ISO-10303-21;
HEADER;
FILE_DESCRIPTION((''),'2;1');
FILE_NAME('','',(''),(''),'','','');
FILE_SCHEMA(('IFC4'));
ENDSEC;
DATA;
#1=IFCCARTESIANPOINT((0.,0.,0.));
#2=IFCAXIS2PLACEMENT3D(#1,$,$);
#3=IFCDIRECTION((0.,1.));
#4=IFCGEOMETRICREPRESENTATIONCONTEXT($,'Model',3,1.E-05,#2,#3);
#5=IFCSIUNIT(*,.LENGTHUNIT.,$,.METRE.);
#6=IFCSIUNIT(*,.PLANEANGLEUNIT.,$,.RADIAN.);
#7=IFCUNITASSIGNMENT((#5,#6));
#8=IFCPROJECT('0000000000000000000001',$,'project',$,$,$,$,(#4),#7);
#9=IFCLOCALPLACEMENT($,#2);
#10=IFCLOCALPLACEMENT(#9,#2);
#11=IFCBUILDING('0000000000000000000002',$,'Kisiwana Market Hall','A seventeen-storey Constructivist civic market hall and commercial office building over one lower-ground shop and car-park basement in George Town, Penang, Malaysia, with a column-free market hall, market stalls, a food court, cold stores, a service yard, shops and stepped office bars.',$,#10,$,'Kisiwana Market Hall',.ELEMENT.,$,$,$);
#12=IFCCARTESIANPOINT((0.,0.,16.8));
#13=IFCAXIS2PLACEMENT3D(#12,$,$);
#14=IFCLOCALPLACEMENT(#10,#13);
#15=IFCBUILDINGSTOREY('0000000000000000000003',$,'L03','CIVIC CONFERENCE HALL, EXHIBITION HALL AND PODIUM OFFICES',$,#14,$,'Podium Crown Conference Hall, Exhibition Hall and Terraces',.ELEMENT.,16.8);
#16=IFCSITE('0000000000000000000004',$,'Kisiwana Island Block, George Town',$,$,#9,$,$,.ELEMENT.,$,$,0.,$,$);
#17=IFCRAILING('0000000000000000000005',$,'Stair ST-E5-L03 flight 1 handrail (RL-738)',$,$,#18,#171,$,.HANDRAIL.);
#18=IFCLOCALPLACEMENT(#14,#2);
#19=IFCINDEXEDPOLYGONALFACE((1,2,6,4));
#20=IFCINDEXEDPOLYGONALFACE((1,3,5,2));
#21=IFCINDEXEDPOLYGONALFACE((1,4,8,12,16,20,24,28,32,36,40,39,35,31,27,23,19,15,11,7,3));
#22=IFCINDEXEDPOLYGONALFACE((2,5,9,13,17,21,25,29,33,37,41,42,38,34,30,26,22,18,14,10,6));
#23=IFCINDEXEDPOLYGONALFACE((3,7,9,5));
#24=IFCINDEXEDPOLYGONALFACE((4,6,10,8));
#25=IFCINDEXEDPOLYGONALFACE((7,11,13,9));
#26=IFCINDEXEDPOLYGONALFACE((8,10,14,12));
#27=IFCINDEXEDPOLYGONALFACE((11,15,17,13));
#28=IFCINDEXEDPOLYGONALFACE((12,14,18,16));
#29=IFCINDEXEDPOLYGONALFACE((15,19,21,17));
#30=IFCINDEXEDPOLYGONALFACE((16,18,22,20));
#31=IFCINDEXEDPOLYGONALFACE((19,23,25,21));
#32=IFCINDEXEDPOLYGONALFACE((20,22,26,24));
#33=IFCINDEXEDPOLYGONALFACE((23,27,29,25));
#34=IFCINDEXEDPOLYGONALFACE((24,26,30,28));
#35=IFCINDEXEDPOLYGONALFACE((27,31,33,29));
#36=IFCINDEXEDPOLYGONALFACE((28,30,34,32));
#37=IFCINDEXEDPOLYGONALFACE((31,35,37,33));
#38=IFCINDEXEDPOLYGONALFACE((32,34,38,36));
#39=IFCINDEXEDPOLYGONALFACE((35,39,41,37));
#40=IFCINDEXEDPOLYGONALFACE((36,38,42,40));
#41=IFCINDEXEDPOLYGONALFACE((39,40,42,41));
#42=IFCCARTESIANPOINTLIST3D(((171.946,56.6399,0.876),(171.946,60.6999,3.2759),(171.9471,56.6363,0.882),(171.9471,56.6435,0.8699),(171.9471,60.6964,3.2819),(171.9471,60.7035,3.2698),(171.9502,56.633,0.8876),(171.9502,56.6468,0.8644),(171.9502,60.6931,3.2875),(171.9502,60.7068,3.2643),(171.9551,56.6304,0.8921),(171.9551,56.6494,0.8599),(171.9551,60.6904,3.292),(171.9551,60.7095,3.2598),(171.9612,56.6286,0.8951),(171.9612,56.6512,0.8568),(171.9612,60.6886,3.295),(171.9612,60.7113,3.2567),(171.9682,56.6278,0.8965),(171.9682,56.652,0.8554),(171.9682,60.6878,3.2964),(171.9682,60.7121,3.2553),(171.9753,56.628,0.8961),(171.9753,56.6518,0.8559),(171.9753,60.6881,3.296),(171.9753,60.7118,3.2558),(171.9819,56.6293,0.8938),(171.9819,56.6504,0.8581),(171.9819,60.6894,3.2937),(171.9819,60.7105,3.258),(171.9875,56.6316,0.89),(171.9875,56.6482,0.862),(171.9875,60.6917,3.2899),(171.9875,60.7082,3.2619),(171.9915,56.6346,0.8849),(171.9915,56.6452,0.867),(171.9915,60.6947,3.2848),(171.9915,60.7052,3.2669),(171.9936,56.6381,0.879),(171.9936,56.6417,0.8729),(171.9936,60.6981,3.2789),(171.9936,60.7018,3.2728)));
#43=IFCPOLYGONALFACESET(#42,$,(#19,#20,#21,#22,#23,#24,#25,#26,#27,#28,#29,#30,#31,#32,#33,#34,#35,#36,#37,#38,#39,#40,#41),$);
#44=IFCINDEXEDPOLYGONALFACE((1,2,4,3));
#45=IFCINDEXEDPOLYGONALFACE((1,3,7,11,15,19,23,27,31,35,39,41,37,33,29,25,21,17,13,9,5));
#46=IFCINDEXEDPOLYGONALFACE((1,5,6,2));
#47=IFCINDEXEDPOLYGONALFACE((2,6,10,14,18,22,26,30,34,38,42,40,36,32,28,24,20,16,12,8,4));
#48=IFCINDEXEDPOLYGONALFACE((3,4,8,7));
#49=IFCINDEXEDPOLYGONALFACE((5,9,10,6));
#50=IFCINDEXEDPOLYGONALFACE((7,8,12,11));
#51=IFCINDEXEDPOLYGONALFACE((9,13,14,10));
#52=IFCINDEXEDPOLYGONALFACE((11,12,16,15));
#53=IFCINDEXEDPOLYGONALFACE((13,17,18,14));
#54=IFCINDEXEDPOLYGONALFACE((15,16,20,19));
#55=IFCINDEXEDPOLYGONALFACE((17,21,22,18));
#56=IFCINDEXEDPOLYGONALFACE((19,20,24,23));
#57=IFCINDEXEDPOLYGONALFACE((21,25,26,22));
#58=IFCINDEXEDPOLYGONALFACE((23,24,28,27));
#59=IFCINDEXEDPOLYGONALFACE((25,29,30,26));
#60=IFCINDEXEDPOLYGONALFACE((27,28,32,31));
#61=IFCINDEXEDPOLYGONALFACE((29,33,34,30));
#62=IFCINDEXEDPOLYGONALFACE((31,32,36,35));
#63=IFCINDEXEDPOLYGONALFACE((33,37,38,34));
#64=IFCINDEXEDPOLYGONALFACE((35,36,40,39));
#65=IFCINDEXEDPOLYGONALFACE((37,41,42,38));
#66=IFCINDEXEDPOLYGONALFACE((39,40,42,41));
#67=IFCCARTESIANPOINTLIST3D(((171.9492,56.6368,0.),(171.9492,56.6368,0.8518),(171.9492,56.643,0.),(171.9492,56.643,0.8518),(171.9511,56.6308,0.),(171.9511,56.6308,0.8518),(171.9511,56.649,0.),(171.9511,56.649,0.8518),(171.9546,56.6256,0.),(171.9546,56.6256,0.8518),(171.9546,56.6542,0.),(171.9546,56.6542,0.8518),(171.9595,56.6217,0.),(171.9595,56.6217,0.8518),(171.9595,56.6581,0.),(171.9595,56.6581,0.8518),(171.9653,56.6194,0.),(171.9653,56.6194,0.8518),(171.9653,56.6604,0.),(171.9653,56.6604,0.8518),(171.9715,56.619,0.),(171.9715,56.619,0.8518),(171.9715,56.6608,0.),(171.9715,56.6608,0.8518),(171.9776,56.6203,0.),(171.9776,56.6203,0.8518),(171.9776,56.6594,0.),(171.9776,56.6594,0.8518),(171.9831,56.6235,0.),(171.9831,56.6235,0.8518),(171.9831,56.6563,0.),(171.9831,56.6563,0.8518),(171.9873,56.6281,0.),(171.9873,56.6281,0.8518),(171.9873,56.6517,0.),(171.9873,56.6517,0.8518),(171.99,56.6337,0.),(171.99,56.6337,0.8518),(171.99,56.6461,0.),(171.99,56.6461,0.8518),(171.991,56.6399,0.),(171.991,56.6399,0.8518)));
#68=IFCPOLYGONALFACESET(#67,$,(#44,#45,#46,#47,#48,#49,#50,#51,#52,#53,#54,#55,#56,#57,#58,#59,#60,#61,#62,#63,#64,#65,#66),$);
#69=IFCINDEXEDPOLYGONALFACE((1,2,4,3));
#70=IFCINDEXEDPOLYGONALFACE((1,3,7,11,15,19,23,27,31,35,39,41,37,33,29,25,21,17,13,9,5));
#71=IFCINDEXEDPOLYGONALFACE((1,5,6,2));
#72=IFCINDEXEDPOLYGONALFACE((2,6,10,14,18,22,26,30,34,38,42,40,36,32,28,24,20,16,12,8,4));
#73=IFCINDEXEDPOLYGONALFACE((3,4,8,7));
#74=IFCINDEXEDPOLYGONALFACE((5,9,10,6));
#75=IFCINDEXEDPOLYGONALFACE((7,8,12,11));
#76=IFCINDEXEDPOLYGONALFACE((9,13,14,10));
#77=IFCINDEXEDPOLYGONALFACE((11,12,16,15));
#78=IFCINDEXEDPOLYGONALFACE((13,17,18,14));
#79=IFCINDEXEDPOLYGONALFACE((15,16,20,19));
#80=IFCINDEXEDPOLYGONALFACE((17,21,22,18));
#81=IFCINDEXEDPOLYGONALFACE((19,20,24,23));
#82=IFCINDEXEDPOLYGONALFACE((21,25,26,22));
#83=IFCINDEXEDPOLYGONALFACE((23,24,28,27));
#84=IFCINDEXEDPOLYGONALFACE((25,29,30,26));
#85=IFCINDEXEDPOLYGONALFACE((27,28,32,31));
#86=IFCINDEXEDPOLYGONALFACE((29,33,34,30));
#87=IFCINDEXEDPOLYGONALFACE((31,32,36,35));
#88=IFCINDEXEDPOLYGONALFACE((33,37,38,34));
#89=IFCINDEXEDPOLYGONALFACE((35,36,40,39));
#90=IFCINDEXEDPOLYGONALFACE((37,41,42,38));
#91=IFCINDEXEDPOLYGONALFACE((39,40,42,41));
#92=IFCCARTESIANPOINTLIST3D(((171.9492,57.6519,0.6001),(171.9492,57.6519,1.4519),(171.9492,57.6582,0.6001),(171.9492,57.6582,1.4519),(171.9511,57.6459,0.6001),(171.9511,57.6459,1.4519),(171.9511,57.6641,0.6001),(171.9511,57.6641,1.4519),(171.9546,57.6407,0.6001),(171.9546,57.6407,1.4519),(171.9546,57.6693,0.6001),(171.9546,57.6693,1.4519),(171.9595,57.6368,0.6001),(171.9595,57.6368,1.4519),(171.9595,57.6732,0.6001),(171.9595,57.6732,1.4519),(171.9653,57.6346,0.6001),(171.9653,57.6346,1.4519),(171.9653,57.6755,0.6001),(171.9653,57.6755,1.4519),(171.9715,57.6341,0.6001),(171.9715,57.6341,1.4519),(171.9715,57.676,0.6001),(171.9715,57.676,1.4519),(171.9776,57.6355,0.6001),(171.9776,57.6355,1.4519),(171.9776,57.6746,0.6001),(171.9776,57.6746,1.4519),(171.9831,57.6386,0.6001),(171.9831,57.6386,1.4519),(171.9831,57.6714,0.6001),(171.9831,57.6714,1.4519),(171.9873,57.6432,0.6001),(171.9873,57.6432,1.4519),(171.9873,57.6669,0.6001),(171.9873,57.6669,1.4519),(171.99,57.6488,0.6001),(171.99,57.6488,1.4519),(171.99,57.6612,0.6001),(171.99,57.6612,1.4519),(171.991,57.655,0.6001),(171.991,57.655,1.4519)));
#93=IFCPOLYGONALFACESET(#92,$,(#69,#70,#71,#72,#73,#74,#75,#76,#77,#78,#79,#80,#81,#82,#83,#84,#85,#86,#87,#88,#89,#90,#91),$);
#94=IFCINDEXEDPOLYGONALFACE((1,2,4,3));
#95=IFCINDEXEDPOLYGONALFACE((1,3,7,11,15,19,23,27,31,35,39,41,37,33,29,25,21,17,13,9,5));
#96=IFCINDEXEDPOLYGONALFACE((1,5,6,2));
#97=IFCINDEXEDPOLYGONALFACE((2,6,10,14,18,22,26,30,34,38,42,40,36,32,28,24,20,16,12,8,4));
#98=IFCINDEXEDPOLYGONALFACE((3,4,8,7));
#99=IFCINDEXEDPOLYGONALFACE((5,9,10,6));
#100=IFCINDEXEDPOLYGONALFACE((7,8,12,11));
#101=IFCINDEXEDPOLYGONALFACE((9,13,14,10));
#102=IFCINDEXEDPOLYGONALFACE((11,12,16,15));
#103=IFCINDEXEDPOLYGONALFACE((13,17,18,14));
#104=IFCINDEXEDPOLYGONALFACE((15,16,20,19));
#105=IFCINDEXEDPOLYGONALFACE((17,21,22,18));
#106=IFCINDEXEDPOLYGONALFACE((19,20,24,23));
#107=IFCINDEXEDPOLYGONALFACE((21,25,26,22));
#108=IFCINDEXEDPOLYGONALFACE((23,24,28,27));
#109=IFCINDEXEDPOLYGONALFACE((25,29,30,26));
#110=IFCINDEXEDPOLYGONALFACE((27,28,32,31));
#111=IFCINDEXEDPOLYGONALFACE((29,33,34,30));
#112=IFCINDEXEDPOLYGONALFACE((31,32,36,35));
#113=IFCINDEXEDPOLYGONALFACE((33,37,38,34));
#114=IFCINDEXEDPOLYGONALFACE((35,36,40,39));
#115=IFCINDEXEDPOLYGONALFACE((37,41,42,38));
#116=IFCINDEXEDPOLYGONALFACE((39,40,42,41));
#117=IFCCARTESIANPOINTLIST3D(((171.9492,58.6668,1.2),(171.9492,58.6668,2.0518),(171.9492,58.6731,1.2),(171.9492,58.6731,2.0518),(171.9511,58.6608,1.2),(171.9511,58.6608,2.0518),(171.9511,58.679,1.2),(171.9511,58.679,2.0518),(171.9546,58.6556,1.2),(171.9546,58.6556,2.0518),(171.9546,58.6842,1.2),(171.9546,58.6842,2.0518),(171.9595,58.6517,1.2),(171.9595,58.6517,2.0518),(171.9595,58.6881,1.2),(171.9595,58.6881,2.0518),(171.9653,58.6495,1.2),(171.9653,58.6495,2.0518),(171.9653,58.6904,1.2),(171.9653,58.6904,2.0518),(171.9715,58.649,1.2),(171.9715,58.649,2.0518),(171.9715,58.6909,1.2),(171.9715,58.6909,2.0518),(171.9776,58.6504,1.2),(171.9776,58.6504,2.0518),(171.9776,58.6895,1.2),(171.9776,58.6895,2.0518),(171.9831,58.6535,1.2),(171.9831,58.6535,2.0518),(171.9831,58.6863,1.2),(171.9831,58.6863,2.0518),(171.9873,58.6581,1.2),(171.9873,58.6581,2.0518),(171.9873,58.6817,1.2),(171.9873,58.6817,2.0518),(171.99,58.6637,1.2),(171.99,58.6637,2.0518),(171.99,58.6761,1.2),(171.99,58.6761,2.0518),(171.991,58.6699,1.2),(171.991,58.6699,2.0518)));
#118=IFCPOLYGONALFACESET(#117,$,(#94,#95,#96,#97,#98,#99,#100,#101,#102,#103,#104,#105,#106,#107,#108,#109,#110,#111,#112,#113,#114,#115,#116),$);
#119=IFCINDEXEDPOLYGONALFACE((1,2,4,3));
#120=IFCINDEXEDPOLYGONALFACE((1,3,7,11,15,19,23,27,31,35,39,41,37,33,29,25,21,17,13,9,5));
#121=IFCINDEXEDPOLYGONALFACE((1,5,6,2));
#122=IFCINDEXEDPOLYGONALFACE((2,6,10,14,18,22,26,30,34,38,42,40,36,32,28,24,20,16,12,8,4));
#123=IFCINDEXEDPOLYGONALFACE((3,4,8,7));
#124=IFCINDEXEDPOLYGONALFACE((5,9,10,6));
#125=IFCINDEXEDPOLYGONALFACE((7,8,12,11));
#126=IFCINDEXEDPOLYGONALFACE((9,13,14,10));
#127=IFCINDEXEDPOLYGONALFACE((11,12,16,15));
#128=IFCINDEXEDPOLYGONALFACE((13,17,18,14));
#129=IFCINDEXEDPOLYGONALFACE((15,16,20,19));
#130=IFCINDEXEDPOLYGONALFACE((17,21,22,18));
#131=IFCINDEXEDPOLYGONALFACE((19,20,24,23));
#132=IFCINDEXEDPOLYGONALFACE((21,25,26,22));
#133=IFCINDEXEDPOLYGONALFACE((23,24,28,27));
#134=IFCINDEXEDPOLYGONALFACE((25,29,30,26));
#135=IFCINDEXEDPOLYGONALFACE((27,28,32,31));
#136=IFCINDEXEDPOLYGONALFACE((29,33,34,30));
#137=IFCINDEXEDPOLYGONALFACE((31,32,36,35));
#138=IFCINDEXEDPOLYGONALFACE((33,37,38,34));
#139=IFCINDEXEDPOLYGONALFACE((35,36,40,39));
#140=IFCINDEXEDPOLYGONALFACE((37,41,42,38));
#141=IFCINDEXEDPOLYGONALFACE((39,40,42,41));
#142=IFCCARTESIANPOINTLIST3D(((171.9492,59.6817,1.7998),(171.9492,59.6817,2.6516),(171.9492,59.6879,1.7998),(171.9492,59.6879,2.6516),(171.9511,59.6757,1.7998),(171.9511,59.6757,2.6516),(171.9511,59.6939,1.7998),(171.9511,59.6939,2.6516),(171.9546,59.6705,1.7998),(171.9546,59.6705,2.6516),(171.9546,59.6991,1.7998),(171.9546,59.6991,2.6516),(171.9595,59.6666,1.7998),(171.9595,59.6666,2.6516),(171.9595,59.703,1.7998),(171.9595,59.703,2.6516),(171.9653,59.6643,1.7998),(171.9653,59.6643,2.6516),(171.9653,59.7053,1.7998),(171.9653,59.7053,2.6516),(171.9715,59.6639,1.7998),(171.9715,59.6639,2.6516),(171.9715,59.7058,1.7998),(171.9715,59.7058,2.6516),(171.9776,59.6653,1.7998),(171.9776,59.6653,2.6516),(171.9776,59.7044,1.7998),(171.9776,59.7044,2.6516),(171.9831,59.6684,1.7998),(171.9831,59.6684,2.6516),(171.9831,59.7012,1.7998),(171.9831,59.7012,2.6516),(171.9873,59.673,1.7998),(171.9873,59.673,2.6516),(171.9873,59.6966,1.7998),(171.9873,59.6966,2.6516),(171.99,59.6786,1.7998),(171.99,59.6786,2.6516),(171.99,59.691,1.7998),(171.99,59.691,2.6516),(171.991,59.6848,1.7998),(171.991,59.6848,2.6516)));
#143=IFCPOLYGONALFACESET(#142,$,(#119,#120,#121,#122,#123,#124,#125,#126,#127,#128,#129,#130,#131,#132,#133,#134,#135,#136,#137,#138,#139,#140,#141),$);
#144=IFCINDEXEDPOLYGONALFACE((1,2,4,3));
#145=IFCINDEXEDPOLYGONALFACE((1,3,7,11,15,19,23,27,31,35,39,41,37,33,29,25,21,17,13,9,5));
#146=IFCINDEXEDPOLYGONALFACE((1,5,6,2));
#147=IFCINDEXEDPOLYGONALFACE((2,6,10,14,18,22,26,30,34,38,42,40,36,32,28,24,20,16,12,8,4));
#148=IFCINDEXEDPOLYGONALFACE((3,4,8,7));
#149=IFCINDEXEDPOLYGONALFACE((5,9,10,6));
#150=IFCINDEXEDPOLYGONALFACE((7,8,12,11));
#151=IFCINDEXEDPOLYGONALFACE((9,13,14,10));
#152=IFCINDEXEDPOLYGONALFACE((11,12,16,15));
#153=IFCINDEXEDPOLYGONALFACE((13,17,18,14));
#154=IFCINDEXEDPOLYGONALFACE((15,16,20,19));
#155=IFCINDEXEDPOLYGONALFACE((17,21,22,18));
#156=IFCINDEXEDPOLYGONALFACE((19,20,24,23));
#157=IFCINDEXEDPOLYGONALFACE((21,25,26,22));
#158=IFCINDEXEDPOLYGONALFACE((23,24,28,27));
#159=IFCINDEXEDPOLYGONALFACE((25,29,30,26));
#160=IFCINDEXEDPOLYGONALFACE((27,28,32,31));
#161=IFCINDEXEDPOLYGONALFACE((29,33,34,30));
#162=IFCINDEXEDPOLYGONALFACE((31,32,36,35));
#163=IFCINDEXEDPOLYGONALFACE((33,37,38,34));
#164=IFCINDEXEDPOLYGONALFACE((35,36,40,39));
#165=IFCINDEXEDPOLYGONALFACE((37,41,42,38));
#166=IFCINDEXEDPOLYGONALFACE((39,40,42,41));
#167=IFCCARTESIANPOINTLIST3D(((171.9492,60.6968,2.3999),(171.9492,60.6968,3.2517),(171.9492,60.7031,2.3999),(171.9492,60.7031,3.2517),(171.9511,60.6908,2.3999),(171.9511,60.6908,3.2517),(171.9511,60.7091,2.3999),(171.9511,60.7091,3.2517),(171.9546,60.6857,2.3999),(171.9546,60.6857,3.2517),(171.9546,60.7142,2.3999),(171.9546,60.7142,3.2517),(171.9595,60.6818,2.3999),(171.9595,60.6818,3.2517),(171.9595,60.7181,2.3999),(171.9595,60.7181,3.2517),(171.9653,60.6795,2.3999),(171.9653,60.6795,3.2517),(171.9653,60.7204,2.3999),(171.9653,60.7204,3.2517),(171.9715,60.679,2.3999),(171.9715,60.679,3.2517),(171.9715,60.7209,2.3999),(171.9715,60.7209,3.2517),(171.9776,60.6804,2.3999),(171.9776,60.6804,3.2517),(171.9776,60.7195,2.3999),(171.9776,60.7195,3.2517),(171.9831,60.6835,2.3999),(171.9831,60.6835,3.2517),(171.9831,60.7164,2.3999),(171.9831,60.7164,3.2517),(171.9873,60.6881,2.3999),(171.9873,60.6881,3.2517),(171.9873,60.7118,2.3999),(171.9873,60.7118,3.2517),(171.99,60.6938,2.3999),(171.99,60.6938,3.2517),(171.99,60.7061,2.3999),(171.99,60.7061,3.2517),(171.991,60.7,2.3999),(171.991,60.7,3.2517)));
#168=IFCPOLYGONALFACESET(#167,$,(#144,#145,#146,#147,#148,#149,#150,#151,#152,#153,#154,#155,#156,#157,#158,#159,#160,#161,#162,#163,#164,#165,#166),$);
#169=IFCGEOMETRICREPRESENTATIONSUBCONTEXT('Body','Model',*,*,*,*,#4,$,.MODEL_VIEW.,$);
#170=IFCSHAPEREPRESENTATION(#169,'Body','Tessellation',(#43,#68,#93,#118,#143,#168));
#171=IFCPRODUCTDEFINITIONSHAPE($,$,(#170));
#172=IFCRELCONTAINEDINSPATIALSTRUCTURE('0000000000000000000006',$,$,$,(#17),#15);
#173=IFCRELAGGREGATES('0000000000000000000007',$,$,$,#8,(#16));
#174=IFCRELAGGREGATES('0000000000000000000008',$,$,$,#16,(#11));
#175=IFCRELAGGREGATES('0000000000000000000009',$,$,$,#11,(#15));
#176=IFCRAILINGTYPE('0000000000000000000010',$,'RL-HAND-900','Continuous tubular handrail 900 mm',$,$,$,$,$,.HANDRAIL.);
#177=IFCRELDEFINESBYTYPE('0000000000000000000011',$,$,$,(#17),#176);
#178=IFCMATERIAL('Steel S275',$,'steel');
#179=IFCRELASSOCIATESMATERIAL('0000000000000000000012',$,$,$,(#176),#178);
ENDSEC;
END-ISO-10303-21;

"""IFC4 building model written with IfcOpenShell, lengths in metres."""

from ifc_helpers import new_model, si_unit, direction, frame, origin, origin_2d, place, context, subcontext, project, spatial, circle, extrude, material, type_object, element, save


model = new_model("IFC4")

# Units and contexts
model_context = context("Model", 3, precision=1e-05, world=origin(), true_north=direction((0.0, 1.0)))
body_context = subcontext(model_context, "Body", "Model", "MODEL_VIEW")
ifc_project = project(units=[si_unit("LENGTHUNIT", "METRE"), si_unit("PLANEANGLEUNIT", "RADIAN")], contexts=[model_context])

# Site, building, storey
site_placement = place(None, origin())
site = spatial("IfcSite", under=ifc_project, at=site_placement, Name="Kisiwana Island Block, George Town", CompositionType="ELEMENT", RefElevation=0.0)
building_placement = place(site_placement, origin())
building = spatial("IfcBuilding", under=site, at=building_placement, Name="Kisiwana Market Hall", Description="A seventeen-storey Constructivist civic market hall and commercial office building over one lower-ground shop and car-park basement in George Town, Penang, Malaysia, with a column-free market hall, market stalls, a food court, cold stores, a service yard, shops and stepped office bars.", LongName="Kisiwana Market Hall", CompositionType="ELEMENT")
storey_placement = place(building_placement, frame((0.0, 0.0, 16.8)))
storey = spatial("IfcBuildingStorey", under=building, at=storey_placement, Name="L03", Description="CIVIC CONFERENCE HALL, EXHIBITION HALL AND PODIUM OFFICES", LongName="Podium Crown Conference Hall, Exhibition Hall and Terraces", CompositionType="ELEMENT", Elevation=16.8)

# Railing
ifc_material_1 = material(Name="Steel S275", Category="steel")
railing_type_1 = type_object("IfcRailingType", Name="RL-HAND-900", Description="Continuous tubular handrail 900 mm", PredefinedType="HANDRAIL", material=ifc_material_1)
for number, where, name in (
    (1, (171.97, 56.6399, 0.0), "Stair ST-E5-L03 flight 1 handrail (RL-738)"),
):
    element("IfcRailing", number, at=place(storey_placement, frame(where)), inside=storey, type_object=railing_type_1, Name=name, PredefinedType="HANDRAIL", context=body_context, shape_type="SweptSolid", body=[
        extrude(circle(Radius=0.0239, at=origin_2d()), frame((0.0, 0.0, 0.876), z_axis=(0.0, 0.860854, 0.508851), x_axis=(-1.0, 0.0, 0.0)), (0.0, 0.0, 1.0), 4.7163),
        extrude(circle(Radius=0.021, at=origin_2d()), origin(), (0.0, 0.0, 1.0), 0.8518),
        extrude(circle(Radius=0.021, at=origin_2d()), frame((0.0, 1.0151, 0.6001)), (0.0, 0.0, 1.0), 0.8518),
        extrude(circle(Radius=0.021, at=origin_2d()), frame((0.0, 2.03, 1.2)), (0.0, 0.0, 1.0), 0.8518),
        extrude(circle(Radius=0.021, at=origin_2d()), frame((0.0, 3.0449, 1.7998)), (0.0, 0.0, 1.0), 0.8518),
        extrude(circle(Radius=0.021, at=origin_2d()), frame((0.0, 4.0601, 2.3999)), (0.0, 0.0, 1.0), 0.8518),
    ])

save(model, "model.ifc")
